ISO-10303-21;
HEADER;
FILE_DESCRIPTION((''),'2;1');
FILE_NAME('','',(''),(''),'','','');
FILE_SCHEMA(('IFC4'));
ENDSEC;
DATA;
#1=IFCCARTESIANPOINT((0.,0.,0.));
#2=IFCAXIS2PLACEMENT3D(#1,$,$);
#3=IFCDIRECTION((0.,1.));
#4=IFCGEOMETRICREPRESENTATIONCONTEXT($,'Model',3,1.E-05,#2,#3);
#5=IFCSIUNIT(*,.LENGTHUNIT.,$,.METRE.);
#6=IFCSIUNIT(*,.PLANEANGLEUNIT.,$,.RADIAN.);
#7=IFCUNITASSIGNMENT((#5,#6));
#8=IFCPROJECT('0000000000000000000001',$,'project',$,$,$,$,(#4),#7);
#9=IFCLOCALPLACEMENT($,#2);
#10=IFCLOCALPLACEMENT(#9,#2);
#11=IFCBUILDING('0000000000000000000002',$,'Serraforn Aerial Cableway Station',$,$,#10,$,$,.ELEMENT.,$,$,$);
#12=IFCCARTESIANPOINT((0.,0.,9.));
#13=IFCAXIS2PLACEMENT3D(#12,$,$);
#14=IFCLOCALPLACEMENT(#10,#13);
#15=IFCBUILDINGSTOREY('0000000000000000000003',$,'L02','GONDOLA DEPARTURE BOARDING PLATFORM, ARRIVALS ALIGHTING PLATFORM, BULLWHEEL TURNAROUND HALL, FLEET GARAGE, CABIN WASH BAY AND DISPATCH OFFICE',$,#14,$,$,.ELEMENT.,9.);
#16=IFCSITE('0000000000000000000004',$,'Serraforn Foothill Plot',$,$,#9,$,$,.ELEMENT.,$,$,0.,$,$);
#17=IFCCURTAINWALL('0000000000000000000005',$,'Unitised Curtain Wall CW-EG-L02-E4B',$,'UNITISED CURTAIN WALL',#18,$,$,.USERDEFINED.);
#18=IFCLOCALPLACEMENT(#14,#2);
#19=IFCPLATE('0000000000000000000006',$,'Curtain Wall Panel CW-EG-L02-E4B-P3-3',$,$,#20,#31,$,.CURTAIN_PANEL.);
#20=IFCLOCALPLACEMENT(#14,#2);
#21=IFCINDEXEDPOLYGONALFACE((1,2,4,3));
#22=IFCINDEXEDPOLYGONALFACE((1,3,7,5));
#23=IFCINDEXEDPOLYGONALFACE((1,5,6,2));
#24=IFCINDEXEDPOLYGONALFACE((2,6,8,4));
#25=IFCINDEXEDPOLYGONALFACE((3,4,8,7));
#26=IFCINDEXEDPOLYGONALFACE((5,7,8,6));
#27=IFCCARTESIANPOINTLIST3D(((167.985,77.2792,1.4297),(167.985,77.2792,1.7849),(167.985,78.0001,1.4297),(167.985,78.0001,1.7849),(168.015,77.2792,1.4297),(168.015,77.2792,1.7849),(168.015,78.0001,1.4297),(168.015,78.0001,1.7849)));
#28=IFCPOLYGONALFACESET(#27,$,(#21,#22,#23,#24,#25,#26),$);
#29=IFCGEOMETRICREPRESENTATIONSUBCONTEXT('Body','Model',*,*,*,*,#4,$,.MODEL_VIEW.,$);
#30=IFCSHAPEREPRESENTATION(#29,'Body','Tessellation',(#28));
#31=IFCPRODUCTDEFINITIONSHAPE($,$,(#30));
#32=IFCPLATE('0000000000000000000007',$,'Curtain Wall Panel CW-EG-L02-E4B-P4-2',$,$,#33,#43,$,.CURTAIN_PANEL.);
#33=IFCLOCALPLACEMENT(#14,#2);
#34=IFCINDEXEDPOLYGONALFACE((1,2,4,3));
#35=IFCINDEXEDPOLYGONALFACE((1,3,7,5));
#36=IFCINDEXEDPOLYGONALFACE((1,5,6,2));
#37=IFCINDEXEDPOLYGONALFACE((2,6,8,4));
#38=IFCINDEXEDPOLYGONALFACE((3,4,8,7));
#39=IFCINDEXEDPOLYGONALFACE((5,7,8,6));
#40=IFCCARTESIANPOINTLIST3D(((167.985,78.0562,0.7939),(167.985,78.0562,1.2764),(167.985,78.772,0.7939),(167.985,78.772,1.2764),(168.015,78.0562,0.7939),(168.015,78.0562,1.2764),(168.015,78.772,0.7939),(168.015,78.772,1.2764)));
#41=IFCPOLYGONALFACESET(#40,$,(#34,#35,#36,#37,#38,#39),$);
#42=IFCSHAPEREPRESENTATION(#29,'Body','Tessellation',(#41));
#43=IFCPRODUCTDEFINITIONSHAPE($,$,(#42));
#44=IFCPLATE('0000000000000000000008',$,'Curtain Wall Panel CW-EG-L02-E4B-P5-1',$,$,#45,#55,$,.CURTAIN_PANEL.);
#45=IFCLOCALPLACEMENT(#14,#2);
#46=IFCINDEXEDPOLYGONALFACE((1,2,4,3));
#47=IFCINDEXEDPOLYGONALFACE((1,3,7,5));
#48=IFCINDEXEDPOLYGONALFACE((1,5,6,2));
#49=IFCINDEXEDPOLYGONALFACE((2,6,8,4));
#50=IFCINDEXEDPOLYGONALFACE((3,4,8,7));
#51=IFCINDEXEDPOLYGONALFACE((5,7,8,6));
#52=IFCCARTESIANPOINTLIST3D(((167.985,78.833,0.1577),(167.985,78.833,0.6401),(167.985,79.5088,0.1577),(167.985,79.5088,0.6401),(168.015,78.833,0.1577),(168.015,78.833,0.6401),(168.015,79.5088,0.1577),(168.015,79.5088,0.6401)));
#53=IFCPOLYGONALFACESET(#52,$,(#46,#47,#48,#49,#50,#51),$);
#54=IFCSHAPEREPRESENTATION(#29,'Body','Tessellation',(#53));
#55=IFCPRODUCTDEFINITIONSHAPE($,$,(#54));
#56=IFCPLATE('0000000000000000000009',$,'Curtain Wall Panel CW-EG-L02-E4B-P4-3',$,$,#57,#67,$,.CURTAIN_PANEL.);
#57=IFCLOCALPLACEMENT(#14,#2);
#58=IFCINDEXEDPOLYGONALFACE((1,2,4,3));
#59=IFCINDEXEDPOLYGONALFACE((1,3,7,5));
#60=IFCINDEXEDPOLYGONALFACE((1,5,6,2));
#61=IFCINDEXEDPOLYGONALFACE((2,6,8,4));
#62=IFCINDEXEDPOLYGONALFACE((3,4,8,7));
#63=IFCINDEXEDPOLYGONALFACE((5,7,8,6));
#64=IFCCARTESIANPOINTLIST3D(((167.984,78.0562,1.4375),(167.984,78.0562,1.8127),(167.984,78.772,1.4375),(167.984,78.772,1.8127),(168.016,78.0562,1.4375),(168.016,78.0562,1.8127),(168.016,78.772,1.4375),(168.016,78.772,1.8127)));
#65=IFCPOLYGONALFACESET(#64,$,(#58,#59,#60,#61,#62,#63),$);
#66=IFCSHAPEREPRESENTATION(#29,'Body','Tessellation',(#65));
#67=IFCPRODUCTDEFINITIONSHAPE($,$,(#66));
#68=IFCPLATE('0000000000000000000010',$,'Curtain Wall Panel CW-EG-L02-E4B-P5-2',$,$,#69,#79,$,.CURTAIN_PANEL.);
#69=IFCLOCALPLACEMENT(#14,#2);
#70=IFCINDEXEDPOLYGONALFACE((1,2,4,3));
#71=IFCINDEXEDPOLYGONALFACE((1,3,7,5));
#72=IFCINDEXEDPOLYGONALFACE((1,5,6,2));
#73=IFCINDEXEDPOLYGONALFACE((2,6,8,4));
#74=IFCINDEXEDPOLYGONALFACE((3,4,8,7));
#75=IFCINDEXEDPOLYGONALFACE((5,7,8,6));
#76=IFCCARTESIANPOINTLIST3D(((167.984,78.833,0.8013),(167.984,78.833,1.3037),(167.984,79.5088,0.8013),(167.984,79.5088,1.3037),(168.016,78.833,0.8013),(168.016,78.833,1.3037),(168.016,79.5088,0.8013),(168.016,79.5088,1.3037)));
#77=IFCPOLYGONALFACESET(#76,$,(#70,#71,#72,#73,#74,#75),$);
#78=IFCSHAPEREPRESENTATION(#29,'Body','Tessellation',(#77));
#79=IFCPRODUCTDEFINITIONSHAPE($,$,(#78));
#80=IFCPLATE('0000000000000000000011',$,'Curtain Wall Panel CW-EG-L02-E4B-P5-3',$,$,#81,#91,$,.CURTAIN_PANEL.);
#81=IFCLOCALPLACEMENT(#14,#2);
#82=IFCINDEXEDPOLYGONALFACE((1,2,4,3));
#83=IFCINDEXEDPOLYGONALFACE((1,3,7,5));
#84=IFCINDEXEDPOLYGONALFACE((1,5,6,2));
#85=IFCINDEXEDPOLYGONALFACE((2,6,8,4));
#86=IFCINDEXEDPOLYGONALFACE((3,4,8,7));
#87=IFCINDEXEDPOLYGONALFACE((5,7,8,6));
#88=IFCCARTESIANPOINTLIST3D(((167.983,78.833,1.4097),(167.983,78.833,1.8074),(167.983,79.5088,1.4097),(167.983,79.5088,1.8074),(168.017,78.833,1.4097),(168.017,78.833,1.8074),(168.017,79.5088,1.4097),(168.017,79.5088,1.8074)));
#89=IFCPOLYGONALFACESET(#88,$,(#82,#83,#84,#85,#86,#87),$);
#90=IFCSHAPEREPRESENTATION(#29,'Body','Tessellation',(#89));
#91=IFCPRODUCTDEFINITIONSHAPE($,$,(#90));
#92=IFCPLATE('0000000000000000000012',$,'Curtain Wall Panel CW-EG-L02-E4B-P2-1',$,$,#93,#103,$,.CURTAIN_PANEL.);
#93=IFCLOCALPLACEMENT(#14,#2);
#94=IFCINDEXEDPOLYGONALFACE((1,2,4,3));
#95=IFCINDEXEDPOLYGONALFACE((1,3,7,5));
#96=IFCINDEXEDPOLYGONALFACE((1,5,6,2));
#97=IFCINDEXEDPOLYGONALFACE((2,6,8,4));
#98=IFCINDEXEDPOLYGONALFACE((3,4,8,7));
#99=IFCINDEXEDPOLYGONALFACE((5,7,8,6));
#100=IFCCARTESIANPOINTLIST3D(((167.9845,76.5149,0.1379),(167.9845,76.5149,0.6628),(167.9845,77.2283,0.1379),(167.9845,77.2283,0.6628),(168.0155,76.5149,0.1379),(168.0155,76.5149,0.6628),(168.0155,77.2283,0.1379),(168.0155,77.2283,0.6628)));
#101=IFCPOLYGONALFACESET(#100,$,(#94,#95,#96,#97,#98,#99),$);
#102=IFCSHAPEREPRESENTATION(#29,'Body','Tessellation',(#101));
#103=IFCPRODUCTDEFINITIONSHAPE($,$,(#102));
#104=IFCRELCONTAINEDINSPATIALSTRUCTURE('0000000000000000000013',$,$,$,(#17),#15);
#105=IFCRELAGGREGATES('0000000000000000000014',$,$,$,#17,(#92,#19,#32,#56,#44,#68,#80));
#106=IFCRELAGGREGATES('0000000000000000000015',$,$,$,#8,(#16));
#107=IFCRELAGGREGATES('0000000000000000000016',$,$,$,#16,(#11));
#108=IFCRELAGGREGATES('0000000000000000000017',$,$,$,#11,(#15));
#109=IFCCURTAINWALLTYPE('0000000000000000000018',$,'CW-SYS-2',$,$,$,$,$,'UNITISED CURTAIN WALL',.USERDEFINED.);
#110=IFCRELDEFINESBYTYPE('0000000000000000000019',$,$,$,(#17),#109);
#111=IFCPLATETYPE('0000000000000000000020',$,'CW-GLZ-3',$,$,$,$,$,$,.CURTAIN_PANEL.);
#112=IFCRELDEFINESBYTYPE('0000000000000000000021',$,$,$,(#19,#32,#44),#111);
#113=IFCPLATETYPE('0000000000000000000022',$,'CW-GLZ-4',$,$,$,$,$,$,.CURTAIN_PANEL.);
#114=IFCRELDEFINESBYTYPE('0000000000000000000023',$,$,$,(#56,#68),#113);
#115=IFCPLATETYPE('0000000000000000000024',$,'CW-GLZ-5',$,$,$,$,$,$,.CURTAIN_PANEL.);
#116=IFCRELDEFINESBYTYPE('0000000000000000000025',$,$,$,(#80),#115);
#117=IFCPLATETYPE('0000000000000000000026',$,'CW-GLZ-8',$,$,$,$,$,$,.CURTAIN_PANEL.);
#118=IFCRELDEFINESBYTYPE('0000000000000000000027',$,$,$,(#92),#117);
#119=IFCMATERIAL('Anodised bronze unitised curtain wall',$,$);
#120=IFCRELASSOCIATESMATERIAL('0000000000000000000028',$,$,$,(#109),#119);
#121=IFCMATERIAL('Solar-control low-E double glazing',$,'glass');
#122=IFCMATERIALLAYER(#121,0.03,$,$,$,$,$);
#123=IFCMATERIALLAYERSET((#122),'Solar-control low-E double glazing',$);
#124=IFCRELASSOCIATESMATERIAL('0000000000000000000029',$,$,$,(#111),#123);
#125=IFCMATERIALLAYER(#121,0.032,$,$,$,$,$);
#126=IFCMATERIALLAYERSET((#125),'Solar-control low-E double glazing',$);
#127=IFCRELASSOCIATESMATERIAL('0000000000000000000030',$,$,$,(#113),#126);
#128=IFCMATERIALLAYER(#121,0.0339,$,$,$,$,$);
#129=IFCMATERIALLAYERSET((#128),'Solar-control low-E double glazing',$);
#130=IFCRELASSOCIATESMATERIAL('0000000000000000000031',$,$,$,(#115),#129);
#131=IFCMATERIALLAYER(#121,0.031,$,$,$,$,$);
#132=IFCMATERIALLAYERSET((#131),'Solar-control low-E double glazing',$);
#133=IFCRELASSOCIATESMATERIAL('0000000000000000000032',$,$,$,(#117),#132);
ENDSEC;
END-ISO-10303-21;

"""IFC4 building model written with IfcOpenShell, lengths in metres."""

from ifc_helpers import new_model, si_unit, direction, frame, origin, origin_2d, place, context, subcontext, project, spatial, rectangle, extrude, material, layer, layer_set, type_object, element, aggregate, save


model = new_model("IFC4")

# Units and contexts
model_context = context("Model", 3, precision=1e-05, world=origin(), true_north=direction((0.0, 1.0)))
body_context = subcontext(model_context, "Body", "Model", "MODEL_VIEW")
ifc_project = project(units=[si_unit("LENGTHUNIT", "METRE"), si_unit("PLANEANGLEUNIT", "RADIAN")], contexts=[model_context])

# Site, building, storey
site_placement = place(None, origin())
site = spatial("IfcSite", under=ifc_project, at=site_placement, Name="Serraforn Foothill Plot", CompositionType="ELEMENT", RefElevation=0.0)
building_placement = place(site_placement, origin())
building = spatial("IfcBuilding", under=site, at=building_placement, Name="Serraforn Aerial Cableway Station", CompositionType="ELEMENT")
storey_placement = place(building_placement, frame((0.0, 0.0, 9.0)))
storey = spatial("IfcBuildingStorey", under=building, at=storey_placement, Name="L02", Description="GONDOLA DEPARTURE BOARDING PLATFORM, ARRIVALS ALIGHTING PLATFORM, BULLWHEEL TURNAROUND HALL, FLEET GARAGE, CABIN WASH BAY AND DISPATCH OFFICE", CompositionType="ELEMENT", Elevation=9.0)

# Curtain wall
ifc_material_1 = material(Name="Anodised bronze unitised curtain wall")
curtain_wall_type = type_object("IfcCurtainWallType", Name="CW-SYS-2", ElementType="UNITISED CURTAIN WALL", PredefinedType="USERDEFINED", material=ifc_material_1)
curtain_wall_placement = place(storey_placement, origin())
curtain_wall = element("IfcCurtainWall", 1, at=curtain_wall_placement, inside=storey, type_object=curtain_wall_type, Name="Unitised Curtain Wall CW-EG-L02-E4B", ObjectType="UNITISED CURTAIN WALL", PredefinedType="USERDEFINED")

# Plates
ifc_material_2 = material(Name="Solar-control low-E double glazing", Category="glass")
ifc_layer_1 = layer(ifc_material_2, 0.03)
ifc_layer_set_1 = layer_set([ifc_layer_1], Name="Solar-control low-E double glazing")
plate_type_1 = type_object("IfcPlateType", Name="CW-GLZ-3", PredefinedType="CURTAIN_PANEL", material=ifc_layer_set_1)
plate_1_placement = place(storey_placement, frame((168.0, 77.6396, 1.4297), z_axis=(0.0, 0.0, 1.0), x_axis=(1.0, 0.0, 0.0)))
plate_1 = element("IfcPlate", 2, at=plate_1_placement, type_object=plate_type_1, Name="Curtain Wall Panel CW-EG-L02-E4B-P3-3", PredefinedType="CURTAIN_PANEL", context=body_context, shape_type="SweptSolid", body=[
    extrude(rectangle(XDim=0.03, YDim=0.7209, at=origin_2d()), origin(), (0.0, 0.0, 1.0), 0.3552),
])
plate_2_placement = place(storey_placement, frame((168.0, 78.4141, 0.7939), z_axis=(0.0, 0.0, 1.0), x_axis=(1.0, 0.0, 0.0)))
plate_2 = element("IfcPlate", 3, at=plate_2_placement, type_object=plate_type_1, Name="Curtain Wall Panel CW-EG-L02-E4B-P4-2", PredefinedType="CURTAIN_PANEL", context=body_context, shape_type="SweptSolid", body=[
    extrude(rectangle(XDim=0.03, YDim=0.7158, at=origin_2d()), origin(), (0.0, 0.0, 1.0), 0.4824),
])
plate_3_placement = place(storey_placement, frame((168.0, 79.1709, 0.1577), z_axis=(0.0, 0.0, 1.0), x_axis=(1.0, 0.0, 0.0)))
plate_3 = element("IfcPlate", 4, at=plate_3_placement, type_object=plate_type_1, Name="Curtain Wall Panel CW-EG-L02-E4B-P5-1", PredefinedType="CURTAIN_PANEL", context=body_context, shape_type="SweptSolid", body=[
    extrude(rectangle(XDim=0.03, YDim=0.6758, at=origin_2d()), origin(), (0.0, 0.0, 1.0), 0.4824),
])
ifc_layer_2 = layer(ifc_material_2, 0.032)
ifc_layer_set_2 = layer_set([ifc_layer_2], Name="Solar-control low-E double glazing")
plate_type_2 = type_object("IfcPlateType", Name="CW-GLZ-4", PredefinedType="CURTAIN_PANEL", material=ifc_layer_set_2)
plate_4_placement = place(storey_placement, frame((168.0, 78.4141, 1.4375), z_axis=(0.0, 0.0, 1.0), x_axis=(1.0, 0.0, 0.0)))
plate_4 = element("IfcPlate", 5, at=plate_4_placement, type_object=plate_type_2, Name="Curtain Wall Panel CW-EG-L02-E4B-P4-3", PredefinedType="CURTAIN_PANEL", context=body_context, shape_type="SweptSolid", body=[
    extrude(rectangle(XDim=0.032, YDim=0.7158, at=origin_2d()), origin(), (0.0, 0.0, 1.0), 0.3752),
])
plate_5_placement = place(storey_placement, frame((168.0, 79.1709, 0.8013), z_axis=(0.0, 0.0, 1.0), x_axis=(1.0, 0.0, 0.0)))
plate_5 = element("IfcPlate", 6, at=plate_5_placement, type_object=plate_type_2, Name="Curtain Wall Panel CW-EG-L02-E4B-P5-2", PredefinedType="CURTAIN_PANEL", context=body_context, shape_type="SweptSolid", body=[
    extrude(rectangle(XDim=0.032, YDim=0.6758, at=origin_2d()), origin(), (0.0, 0.0, 1.0), 0.5024),
])
ifc_layer_3 = layer(ifc_material_2, 0.0339)
ifc_layer_set_3 = layer_set([ifc_layer_3], Name="Solar-control low-E double glazing")
plate_type_3 = type_object("IfcPlateType", Name="CW-GLZ-5", PredefinedType="CURTAIN_PANEL", material=ifc_layer_set_3)
plate_6_placement = place(storey_placement, frame((168.0, 79.1709, 1.4097), z_axis=(0.0, 0.0, 1.0), x_axis=(1.0, 0.0, 0.0)))
plate_6 = element("IfcPlate", 7, at=plate_6_placement, type_object=plate_type_3, Name="Curtain Wall Panel CW-EG-L02-E4B-P5-3", PredefinedType="CURTAIN_PANEL", context=body_context, shape_type="SweptSolid", body=[
    extrude(rectangle(XDim=0.0339, YDim=0.6758, at=origin_2d()), origin(), (0.0, 0.0, 1.0), 0.3977),
])
ifc_layer_4 = layer(ifc_material_2, 0.031)
ifc_layer_set_4 = layer_set([ifc_layer_4], Name="Solar-control low-E double glazing")
plate_type_4 = type_object("IfcPlateType", Name="CW-GLZ-8", PredefinedType="CURTAIN_PANEL", material=ifc_layer_set_4)
plate_7_placement = place(storey_placement, frame((168.0, 76.8716, 0.1379), z_axis=(0.0, 0.0, 1.0), x_axis=(1.0, 0.0, 0.0)))
plate_7 = element("IfcPlate", 8, at=plate_7_placement, type_object=plate_type_4, Name="Curtain Wall Panel CW-EG-L02-E4B-P2-1", PredefinedType="CURTAIN_PANEL", context=body_context, shape_type="SweptSolid", body=[
    extrude(rectangle(XDim=0.031, YDim=0.7134, at=origin_2d()), origin(), (0.0, 0.0, 1.0), 0.5249),
])
aggregate(curtain_wall, [plate_7, plate_1, plate_2, plate_4, plate_3, plate_5, plate_6])

save(model, "model.ifc")
